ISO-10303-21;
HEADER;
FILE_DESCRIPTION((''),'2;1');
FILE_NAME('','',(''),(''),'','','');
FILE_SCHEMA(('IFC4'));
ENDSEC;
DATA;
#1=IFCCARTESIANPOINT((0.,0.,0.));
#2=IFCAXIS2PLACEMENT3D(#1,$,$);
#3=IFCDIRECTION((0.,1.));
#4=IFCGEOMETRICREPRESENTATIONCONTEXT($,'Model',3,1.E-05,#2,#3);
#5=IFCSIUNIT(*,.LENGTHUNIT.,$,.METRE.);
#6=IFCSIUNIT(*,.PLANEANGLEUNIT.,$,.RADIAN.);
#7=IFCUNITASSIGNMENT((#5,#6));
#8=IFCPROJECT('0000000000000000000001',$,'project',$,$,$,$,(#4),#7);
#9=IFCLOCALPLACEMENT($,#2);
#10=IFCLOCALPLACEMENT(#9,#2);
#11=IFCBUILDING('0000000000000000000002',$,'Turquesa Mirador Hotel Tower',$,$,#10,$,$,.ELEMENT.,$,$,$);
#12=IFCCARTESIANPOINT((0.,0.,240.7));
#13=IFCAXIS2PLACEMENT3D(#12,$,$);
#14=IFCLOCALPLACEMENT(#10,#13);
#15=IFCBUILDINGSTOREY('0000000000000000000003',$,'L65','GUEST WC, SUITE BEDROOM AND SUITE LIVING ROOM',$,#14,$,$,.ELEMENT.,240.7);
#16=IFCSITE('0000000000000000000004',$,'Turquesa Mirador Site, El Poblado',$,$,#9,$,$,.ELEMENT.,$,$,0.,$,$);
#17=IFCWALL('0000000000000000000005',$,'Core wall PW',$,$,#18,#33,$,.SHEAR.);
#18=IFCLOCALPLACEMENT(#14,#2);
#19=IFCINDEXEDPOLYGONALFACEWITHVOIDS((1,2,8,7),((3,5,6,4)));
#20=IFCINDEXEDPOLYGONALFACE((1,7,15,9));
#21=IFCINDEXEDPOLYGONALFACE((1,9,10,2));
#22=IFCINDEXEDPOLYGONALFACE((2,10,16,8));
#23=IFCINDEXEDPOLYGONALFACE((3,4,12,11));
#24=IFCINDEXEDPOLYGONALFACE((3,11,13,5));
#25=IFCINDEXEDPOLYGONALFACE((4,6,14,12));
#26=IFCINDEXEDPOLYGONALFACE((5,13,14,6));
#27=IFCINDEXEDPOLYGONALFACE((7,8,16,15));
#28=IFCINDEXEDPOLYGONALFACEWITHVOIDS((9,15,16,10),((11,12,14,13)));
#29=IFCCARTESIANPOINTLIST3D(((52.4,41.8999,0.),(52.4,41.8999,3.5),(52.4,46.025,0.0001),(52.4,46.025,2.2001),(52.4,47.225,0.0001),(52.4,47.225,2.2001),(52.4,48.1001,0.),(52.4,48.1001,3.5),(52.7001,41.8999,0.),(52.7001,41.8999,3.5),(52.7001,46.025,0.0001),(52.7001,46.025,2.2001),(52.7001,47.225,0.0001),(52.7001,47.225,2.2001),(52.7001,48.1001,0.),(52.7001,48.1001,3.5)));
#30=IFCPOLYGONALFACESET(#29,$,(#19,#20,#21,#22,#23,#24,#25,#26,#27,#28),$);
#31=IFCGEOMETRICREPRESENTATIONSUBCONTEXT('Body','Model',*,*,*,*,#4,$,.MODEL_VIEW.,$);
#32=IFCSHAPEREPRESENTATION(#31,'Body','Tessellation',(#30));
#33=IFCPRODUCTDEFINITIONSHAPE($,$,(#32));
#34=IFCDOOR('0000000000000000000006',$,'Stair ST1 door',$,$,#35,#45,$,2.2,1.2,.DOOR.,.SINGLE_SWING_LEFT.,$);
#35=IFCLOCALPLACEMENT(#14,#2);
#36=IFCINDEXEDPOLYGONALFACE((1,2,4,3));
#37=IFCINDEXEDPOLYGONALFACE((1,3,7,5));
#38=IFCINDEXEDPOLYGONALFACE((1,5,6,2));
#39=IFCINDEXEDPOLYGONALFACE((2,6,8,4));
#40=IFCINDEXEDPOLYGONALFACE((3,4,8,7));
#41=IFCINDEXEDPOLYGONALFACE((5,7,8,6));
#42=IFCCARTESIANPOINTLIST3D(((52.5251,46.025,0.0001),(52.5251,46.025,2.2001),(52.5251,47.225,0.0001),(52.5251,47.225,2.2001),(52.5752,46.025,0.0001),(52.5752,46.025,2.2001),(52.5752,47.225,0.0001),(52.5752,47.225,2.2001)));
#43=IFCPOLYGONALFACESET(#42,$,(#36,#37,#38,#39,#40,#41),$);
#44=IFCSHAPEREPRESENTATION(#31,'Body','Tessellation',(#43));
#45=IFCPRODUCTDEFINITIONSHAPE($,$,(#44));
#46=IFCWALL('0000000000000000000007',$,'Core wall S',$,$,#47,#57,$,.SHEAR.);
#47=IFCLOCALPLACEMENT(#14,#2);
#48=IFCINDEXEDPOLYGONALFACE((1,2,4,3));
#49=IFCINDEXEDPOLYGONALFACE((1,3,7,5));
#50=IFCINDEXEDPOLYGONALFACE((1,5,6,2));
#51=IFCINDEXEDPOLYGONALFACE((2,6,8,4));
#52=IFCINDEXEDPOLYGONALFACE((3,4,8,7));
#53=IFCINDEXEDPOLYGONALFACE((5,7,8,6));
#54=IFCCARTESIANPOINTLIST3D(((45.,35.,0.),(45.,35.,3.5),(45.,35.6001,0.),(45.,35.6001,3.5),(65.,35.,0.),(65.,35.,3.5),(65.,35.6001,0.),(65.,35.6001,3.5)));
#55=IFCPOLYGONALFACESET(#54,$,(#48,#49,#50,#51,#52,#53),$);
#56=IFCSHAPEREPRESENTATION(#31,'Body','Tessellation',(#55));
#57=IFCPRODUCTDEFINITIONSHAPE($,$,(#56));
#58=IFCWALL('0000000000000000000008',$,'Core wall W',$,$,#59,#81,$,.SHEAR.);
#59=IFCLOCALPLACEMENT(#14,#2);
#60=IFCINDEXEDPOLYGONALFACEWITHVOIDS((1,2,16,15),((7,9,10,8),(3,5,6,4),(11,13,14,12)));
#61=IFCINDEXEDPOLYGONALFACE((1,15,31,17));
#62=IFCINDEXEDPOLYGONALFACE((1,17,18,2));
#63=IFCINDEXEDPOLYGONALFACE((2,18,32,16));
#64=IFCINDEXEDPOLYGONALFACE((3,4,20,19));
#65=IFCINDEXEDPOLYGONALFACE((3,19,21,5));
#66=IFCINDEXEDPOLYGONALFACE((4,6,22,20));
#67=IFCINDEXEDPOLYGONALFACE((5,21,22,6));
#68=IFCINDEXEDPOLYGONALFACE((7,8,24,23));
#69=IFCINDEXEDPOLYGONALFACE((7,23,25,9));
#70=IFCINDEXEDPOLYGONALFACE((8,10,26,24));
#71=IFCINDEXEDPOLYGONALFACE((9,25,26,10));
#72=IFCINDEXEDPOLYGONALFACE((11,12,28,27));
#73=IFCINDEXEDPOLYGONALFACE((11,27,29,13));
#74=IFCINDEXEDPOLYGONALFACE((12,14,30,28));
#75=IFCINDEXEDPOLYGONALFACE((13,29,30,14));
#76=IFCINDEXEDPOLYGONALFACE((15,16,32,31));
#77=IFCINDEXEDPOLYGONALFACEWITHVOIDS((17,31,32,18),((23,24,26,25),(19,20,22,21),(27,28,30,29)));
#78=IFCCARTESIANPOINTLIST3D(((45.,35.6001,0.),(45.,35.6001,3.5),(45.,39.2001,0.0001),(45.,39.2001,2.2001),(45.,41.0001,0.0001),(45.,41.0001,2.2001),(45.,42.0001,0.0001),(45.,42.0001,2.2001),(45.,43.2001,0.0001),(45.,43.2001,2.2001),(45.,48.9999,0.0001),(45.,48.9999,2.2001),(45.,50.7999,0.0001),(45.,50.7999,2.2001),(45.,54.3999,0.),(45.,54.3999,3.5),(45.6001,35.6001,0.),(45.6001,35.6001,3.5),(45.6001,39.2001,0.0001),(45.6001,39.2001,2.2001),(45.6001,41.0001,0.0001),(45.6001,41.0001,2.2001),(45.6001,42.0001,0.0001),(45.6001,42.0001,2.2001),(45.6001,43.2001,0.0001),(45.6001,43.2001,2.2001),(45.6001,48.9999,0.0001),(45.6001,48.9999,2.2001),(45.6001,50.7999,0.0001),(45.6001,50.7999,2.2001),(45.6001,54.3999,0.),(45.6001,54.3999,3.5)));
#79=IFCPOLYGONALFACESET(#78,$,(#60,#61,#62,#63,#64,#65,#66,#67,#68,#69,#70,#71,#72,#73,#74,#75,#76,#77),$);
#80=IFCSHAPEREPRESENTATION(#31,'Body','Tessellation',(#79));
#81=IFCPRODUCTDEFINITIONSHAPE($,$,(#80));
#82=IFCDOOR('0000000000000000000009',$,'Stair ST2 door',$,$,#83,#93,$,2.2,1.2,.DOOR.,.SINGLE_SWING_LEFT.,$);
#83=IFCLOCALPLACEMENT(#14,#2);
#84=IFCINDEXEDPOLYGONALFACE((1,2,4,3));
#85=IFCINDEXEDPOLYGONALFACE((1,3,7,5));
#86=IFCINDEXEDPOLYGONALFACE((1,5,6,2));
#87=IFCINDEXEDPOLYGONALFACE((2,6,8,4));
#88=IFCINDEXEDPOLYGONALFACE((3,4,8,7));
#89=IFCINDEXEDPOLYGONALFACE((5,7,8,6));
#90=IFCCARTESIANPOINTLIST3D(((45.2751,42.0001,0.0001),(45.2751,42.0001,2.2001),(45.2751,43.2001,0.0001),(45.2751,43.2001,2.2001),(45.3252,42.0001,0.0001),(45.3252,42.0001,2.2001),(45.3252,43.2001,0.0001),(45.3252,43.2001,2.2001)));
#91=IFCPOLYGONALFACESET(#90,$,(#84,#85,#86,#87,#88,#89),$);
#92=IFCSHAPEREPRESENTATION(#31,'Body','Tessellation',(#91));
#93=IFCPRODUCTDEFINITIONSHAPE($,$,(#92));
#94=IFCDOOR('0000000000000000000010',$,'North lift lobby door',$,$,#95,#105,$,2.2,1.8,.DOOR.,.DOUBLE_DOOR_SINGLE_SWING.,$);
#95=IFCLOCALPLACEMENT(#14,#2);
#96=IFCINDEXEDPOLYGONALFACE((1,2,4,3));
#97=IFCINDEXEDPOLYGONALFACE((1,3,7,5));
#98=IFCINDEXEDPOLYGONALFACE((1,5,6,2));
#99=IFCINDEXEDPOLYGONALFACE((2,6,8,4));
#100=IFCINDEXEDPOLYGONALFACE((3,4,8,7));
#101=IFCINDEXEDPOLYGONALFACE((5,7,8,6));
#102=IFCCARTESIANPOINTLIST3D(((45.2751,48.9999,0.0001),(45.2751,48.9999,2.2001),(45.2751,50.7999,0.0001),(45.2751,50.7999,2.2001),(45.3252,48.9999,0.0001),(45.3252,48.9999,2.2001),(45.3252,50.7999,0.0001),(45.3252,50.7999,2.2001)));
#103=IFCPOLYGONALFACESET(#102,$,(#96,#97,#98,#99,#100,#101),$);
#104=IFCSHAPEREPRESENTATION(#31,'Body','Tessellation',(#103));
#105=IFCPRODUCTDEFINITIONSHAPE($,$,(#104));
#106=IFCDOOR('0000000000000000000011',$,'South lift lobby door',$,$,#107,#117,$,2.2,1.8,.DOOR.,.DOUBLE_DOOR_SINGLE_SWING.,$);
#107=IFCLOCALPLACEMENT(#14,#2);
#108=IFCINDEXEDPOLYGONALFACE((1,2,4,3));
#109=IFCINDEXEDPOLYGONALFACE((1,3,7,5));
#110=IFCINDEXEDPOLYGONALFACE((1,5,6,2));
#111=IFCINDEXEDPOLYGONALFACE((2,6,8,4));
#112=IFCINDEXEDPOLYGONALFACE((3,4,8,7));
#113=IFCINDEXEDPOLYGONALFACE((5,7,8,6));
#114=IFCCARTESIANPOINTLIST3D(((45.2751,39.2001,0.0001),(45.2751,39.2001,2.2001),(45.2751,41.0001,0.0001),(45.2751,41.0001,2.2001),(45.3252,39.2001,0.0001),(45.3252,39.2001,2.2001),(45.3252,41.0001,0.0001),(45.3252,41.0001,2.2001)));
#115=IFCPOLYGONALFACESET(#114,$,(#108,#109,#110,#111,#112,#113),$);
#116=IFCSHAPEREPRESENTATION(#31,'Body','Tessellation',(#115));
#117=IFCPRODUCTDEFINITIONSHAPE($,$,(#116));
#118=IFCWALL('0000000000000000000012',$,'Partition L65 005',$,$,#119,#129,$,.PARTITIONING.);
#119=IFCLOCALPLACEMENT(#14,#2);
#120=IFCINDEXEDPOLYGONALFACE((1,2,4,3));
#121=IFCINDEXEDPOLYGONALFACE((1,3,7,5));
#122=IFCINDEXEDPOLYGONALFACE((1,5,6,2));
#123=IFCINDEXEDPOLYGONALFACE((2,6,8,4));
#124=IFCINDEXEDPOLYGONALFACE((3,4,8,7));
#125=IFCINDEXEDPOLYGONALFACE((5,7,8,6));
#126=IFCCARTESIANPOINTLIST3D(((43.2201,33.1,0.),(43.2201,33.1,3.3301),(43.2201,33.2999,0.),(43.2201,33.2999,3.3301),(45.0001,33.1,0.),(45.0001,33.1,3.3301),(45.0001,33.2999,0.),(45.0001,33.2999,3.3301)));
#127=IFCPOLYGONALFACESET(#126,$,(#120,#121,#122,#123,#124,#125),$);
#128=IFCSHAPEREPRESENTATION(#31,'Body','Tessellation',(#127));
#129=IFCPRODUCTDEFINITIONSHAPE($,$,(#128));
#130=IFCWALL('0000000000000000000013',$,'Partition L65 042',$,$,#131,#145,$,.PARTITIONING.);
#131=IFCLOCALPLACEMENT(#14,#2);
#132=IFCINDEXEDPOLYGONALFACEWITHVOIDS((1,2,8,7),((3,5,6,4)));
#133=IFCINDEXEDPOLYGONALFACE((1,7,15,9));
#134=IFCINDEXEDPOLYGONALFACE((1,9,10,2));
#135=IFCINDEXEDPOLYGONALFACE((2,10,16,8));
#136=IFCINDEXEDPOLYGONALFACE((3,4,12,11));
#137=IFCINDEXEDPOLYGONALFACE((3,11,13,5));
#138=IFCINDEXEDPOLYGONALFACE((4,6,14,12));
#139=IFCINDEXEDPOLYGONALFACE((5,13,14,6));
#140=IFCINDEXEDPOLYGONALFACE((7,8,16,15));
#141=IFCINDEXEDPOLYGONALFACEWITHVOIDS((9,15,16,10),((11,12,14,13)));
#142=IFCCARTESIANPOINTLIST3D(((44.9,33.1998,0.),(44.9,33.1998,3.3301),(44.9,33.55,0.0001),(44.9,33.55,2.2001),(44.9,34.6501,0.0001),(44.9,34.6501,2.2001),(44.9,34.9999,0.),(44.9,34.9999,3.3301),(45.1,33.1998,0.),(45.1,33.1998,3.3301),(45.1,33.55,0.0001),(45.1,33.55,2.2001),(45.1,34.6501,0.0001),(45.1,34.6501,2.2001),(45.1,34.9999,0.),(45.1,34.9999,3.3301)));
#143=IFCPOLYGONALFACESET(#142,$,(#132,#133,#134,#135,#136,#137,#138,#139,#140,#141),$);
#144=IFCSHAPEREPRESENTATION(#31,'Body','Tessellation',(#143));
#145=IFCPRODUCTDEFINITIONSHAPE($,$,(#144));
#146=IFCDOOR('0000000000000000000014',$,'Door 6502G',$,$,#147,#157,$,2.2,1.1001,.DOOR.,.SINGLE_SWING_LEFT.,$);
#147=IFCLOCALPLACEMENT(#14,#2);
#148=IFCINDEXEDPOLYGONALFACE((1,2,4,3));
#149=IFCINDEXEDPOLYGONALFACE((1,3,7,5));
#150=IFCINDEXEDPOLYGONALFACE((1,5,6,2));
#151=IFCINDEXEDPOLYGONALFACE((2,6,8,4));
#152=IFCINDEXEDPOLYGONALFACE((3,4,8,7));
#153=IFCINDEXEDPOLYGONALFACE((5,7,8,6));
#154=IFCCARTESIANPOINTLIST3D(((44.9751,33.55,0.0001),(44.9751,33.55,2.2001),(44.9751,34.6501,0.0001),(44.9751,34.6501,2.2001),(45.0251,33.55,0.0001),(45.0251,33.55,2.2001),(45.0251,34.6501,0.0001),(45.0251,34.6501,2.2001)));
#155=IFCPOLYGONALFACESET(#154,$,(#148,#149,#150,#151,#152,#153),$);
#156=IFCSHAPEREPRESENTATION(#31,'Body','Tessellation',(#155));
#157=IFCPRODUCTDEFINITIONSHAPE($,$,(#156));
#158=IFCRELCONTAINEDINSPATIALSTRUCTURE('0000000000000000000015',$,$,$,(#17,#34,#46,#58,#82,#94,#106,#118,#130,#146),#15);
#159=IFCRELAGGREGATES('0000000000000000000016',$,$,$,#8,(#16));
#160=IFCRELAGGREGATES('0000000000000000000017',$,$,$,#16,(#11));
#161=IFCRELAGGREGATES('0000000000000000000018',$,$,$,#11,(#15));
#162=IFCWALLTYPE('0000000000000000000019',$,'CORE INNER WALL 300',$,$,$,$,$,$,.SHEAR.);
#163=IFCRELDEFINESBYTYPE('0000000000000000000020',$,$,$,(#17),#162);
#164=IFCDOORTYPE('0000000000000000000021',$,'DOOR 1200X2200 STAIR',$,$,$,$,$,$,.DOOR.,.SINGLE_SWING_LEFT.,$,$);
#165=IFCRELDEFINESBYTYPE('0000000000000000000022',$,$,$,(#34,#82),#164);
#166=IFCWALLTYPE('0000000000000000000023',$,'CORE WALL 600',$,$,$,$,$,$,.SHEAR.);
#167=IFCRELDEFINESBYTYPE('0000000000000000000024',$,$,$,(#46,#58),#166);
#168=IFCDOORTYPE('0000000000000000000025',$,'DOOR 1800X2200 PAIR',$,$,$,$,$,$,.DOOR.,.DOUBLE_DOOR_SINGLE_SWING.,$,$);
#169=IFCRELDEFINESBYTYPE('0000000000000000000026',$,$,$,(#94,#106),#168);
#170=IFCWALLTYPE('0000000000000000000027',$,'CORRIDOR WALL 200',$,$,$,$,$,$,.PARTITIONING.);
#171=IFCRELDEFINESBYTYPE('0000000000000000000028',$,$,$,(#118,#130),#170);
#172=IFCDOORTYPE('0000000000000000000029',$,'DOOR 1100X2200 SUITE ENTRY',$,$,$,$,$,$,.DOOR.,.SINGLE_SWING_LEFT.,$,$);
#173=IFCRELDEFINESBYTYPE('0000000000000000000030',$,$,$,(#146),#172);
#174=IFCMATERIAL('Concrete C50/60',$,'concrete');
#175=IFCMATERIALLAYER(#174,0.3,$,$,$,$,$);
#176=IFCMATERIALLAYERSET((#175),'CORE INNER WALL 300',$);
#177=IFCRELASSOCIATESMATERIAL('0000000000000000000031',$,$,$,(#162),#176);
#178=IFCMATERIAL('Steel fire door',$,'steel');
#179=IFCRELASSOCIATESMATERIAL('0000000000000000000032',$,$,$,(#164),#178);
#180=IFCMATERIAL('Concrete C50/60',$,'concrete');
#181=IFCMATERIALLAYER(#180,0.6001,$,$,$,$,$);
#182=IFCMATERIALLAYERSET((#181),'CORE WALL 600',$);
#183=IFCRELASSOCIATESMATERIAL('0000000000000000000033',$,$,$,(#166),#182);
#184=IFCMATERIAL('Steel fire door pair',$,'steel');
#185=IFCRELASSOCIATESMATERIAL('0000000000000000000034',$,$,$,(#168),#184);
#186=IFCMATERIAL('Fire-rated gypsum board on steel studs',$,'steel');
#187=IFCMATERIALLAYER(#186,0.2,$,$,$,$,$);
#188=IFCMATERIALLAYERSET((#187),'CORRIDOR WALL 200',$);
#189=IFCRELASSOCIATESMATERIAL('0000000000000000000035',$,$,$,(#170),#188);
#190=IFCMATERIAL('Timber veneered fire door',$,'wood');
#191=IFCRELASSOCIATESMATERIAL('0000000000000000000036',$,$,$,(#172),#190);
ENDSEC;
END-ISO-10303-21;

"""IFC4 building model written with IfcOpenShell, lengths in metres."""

from ifc_helpers import new_model, si_unit, direction, frame, frame_2d, origin, place, context, subcontext, project, spatial, rectangle, extrude, material, layer, layer_set, type_object, element, fill, save


model = new_model("IFC4")

# Units and contexts
model_context = context("Model", 3, precision=1e-05, world=origin(), true_north=direction((0.0, 1.0)))
body_context = subcontext(model_context, "Body", "Model", "MODEL_VIEW")
ifc_project = project(units=[si_unit("LENGTHUNIT", "METRE"), si_unit("PLANEANGLEUNIT", "RADIAN")], contexts=[model_context])

# Site, building, storey
site_placement = place(None, origin())
site = spatial("IfcSite", under=ifc_project, at=site_placement, Name="Turquesa Mirador Site, El Poblado", CompositionType="ELEMENT", RefElevation=0.0)
building_placement = place(site_placement, origin())
building = spatial("IfcBuilding", under=site, at=building_placement, Name="Turquesa Mirador Hotel Tower", CompositionType="ELEMENT")
storey_placement = place(building_placement, frame((0.0, 0.0, 240.7)))
storey = spatial("IfcBuildingStorey", under=building, at=storey_placement, Name="L65", Description="GUEST WC, SUITE BEDROOM AND SUITE LIVING ROOM", CompositionType="ELEMENT", Elevation=240.7)

# Shared definitions
ifc_material_1 = material(Name="Concrete C50/60", Category="concrete")
ifc_layer_1 = layer(ifc_material_1, 0.3)
ifc_layer_set_1 = layer_set([ifc_layer_1], Name="CORE INNER WALL 300")
wall_type_1 = type_object("IfcWallType", Name="CORE INNER WALL 300", PredefinedType="SHEAR", material=ifc_layer_set_1)

# Wall, opening, door
wall_1_placement = place(storey_placement, frame((52.55, 41.8999, 0.0), z_axis=(0.0, 0.0, 1.0), x_axis=(0.0, 1.0, 0.0)))
wall_1 = element("IfcWall", 1, at=wall_1_placement, inside=storey, type_object=wall_type_1, Name="Core wall PW", PredefinedType="SHEAR", context=body_context, shape_type="SweptSolid", body=[
    extrude(rectangle(XDim=6.2002, YDim=0.3, at=frame_2d((3.1001, 0.0))), origin(), (0.0, 0.0, 1.0), 3.5),
])
opening_1_placement = place(wall_1_placement, frame((4.125, 0.0, 0.0)))
opening_1 = element("IfcOpeningElement", 2, at=opening_1_placement, cuts=wall_1, PredefinedType="OPENING", context=body_context, shape_type="SweptSolid", body=[
    extrude(rectangle(XDim=1.2, YDim=2.2, at=frame_2d((0.6001, 1.1001))), frame((0.0, 0.1599, 0.0), z_axis=(0.0, -1.0, 0.0), x_axis=(1.0, 0.0, 0.0)), (0.0, 0.0, 1.0), 0.3201),
])
ifc_material_2 = material(Name="Steel fire door", Category="steel")
door_type_1 = type_object("IfcDoorType", Name="DOOR 1200X2200 STAIR", OperationType="SINGLE_SWING_LEFT", PredefinedType="DOOR", material=ifc_material_2)
door_1_placement = place(opening_1_placement, origin())
door_1 = element("IfcDoor", 3, at=door_1_placement, inside=storey, type_object=door_type_1, Name="Stair ST1 door", OperationType="SINGLE_SWING_LEFT", OverallHeight=2.2, OverallWidth=1.2, PredefinedType="DOOR", context=body_context, shape_type="SweptSolid", body=[
    extrude(rectangle(XDim=1.2, YDim=2.2, at=frame_2d((0.6001, 1.1001))), frame((0.0, 0.0249, 0.0), z_axis=(0.0, -1.0, 0.0), x_axis=(1.0, 0.0, 0.0)), (0.0, 0.0, 1.0), 0.05),
])
fill(opening_1, door_1)

# Wall
ifc_material_3 = material(Name="Concrete C50/60", Category="concrete")
ifc_layer_2 = layer(ifc_material_3, 0.6001)
ifc_layer_set_2 = layer_set([ifc_layer_2], Name="CORE WALL 600")
wall_type_2 = type_object("IfcWallType", Name="CORE WALL 600", PredefinedType="SHEAR", material=ifc_layer_set_2)
wall_2_placement = place(storey_placement, frame((45.0, 35.3, 0.0), z_axis=(0.0, 0.0, 1.0), x_axis=(1.0, 0.0, 0.0)))
element("IfcWall", 4, at=wall_2_placement, inside=storey, type_object=wall_type_2, Name="Core wall S", PredefinedType="SHEAR", context=body_context, shape_type="SweptSolid", body=[
    extrude(rectangle(XDim=20.0, YDim=0.6001, at=frame_2d((10.0, 0.0))), origin(), (0.0, 0.0, 1.0), 3.5),
])

# Wall, openings, doors
wall_3_placement = place(storey_placement, frame((45.3, 35.6001, 0.0), z_axis=(0.0, 0.0, 1.0), x_axis=(0.0, 1.0, 0.0)))
wall_3 = element("IfcWall", 5, at=wall_3_placement, inside=storey, type_object=wall_type_2, Name="Core wall W", PredefinedType="SHEAR", context=body_context, shape_type="SweptSolid", body=[
    extrude(rectangle(XDim=18.7998, YDim=0.6001, at=frame_2d((9.3999, 0.0))), origin(), (0.0, 0.0, 1.0), 3.5),
])
opening_2_placement = place(wall_3_placement, frame((13.3999, 0.0, 0.0)))
opening_2 = element("IfcOpeningElement", 6, at=opening_2_placement, cuts=wall_3, PredefinedType="OPENING", context=body_context, shape_type="SweptSolid", body=[
    extrude(rectangle(XDim=1.8, YDim=2.2, at=frame_2d((0.8999, 1.1001))), frame((0.0, 0.3101, 0.0), z_axis=(0.0, -1.0, 0.0), x_axis=(1.0, 0.0, 0.0)), (0.0, 0.0, 1.0), 0.6201),
])
opening_3_placement = place(wall_3_placement, frame((3.6001, 0.0, 0.0)))
opening_3 = element("IfcOpeningElement", 7, at=opening_3_placement, cuts=wall_3, PredefinedType="OPENING", context=body_context, shape_type="SweptSolid", body=[
    extrude(rectangle(XDim=1.8, YDim=2.2, at=frame_2d((0.8999, 1.1001))), frame((0.0, 0.3101, 0.0), z_axis=(0.0, -1.0, 0.0), x_axis=(1.0, 0.0, 0.0)), (0.0, 0.0, 1.0), 0.6201),
])
opening_4_placement = place(wall_3_placement, frame((6.3999, 0.0, 0.0)))
opening_4 = element("IfcOpeningElement", 8, at=opening_4_placement, cuts=wall_3, PredefinedType="OPENING", context=body_context, shape_type="SweptSolid", body=[
    extrude(rectangle(XDim=1.2, YDim=2.2, at=frame_2d((0.6001, 1.1001))), frame((0.0, 0.3101, 0.0), z_axis=(0.0, -1.0, 0.0), x_axis=(1.0, 0.0, 0.0)), (0.0, 0.0, 1.0), 0.6201),
])
door_2_placement = place(opening_4_placement, origin())
door_2 = element("IfcDoor", 9, at=door_2_placement, inside=storey, type_object=door_type_1, Name="Stair ST2 door", OperationType="SINGLE_SWING_LEFT", OverallHeight=2.2, OverallWidth=1.2, PredefinedType="DOOR", context=body_context, shape_type="SweptSolid", body=[
    extrude(rectangle(XDim=1.2, YDim=2.2, at=frame_2d((0.6001, 1.1001))), frame((0.0, 0.0249, 0.0), z_axis=(0.0, -1.0, 0.0), x_axis=(1.0, 0.0, 0.0)), (0.0, 0.0, 1.0), 0.05),
])
fill(opening_4, door_2)
ifc_material_4 = material(Name="Steel fire door pair", Category="steel")
door_type_2 = type_object("IfcDoorType", Name="DOOR 1800X2200 PAIR", OperationType="DOUBLE_DOOR_SINGLE_SWING", PredefinedType="DOOR", material=ifc_material_4)
door_3_placement = place(opening_2_placement, origin())
door_3 = element("IfcDoor", 10, at=door_3_placement, inside=storey, type_object=door_type_2, Name="North lift lobby door", OperationType="DOUBLE_DOOR_SINGLE_SWING", OverallHeight=2.2, OverallWidth=1.8, PredefinedType="DOOR", context=body_context, shape_type="SweptSolid", body=[
    extrude(rectangle(XDim=1.8, YDim=2.2, at=frame_2d((0.8999, 1.1001))), frame((0.0, 0.0249, 0.0), z_axis=(0.0, -1.0, 0.0), x_axis=(1.0, 0.0, 0.0)), (0.0, 0.0, 1.0), 0.05),
])
fill(opening_2, door_3)
door_4_placement = place(opening_3_placement, origin())
door_4 = element("IfcDoor", 11, at=door_4_placement, inside=storey, type_object=door_type_2, Name="South lift lobby door", OperationType="DOUBLE_DOOR_SINGLE_SWING", OverallHeight=2.2, OverallWidth=1.8, PredefinedType="DOOR", context=body_context, shape_type="SweptSolid", body=[
    extrude(rectangle(XDim=1.8, YDim=2.2, at=frame_2d((0.8999, 1.1001))), frame((0.0, 0.0249, 0.0), z_axis=(0.0, -1.0, 0.0), x_axis=(1.0, 0.0, 0.0)), (0.0, 0.0, 1.0), 0.05),
])
fill(opening_3, door_4)

# Wall
ifc_material_5 = material(Name="Fire-rated gypsum board on steel studs", Category="steel")
ifc_layer_3 = layer(ifc_material_5, 0.2)
ifc_layer_set_3 = layer_set([ifc_layer_3], Name="CORRIDOR WALL 200")
wall_type_3 = type_object("IfcWallType", Name="CORRIDOR WALL 200", PredefinedType="PARTITIONING", material=ifc_layer_set_3)
wall_4_placement = place(storey_placement, frame((43.22, 33.2, 0.0), z_axis=(0.0, 0.0, 1.0), x_axis=(1.0, 0.0, 0.0)))
element("IfcWall", 12, at=wall_4_placement, inside=storey, type_object=wall_type_3, Name="Partition L65 005", PredefinedType="PARTITIONING", context=body_context, shape_type="SweptSolid", body=[
    extrude(rectangle(XDim=1.78, YDim=0.2, at=frame_2d((0.8901, 0.0))), origin(), (0.0, 0.0, 1.0), 3.3301),
])

# Wall, opening, door
wall_5_placement = place(storey_placement, frame((45.0, 33.2, 0.0), z_axis=(0.0, 0.0, 1.0), x_axis=(0.0, 1.0, 0.0)))
wall_5 = element("IfcWall", 13, at=wall_5_placement, inside=storey, type_object=wall_type_3, Name="Partition L65 042", PredefinedType="PARTITIONING", context=body_context, shape_type="SweptSolid", body=[
    extrude(rectangle(XDim=1.8, YDim=0.2, at=frame_2d((0.8999, 0.0))), origin(), (0.0, 0.0, 1.0), 3.3301),
])
opening_5_placement = place(wall_5_placement, frame((0.3501, 0.0, 0.0)))
opening_5 = element("IfcOpeningElement", 14, at=opening_5_placement, cuts=wall_5, PredefinedType="OPENING", context=body_context, shape_type="SweptSolid", body=[
    extrude(rectangle(XDim=1.1001, YDim=2.2, at=frame_2d((0.55, 1.1001))), frame((0.0, 0.1099, 0.0), z_axis=(0.0, -1.0, 0.0), x_axis=(1.0, 0.0, 0.0)), (0.0, 0.0, 1.0), 0.22),
])
ifc_material_6 = material(Name="Timber veneered fire door", Category="wood")
door_type_3 = type_object("IfcDoorType", Name="DOOR 1100X2200 SUITE ENTRY", OperationType="SINGLE_SWING_LEFT", PredefinedType="DOOR", material=ifc_material_6)
door_5_placement = place(opening_5_placement, origin())
door_5 = element("IfcDoor", 15, at=door_5_placement, inside=storey, type_object=door_type_3, Name="Door 6502G", OperationType="SINGLE_SWING_LEFT", OverallHeight=2.2, OverallWidth=1.1001, PredefinedType="DOOR", context=body_context, shape_type="SweptSolid", body=[
    extrude(rectangle(XDim=1.1001, YDim=2.2, at=frame_2d((0.55, 1.1001))), frame((0.0, 0.0249, 0.0), z_axis=(0.0, -1.0, 0.0), x_axis=(1.0, 0.0, 0.0)), (0.0, 0.0, 1.0), 0.05),
])
fill(opening_5, door_5)

save(model, "model.ifc")
